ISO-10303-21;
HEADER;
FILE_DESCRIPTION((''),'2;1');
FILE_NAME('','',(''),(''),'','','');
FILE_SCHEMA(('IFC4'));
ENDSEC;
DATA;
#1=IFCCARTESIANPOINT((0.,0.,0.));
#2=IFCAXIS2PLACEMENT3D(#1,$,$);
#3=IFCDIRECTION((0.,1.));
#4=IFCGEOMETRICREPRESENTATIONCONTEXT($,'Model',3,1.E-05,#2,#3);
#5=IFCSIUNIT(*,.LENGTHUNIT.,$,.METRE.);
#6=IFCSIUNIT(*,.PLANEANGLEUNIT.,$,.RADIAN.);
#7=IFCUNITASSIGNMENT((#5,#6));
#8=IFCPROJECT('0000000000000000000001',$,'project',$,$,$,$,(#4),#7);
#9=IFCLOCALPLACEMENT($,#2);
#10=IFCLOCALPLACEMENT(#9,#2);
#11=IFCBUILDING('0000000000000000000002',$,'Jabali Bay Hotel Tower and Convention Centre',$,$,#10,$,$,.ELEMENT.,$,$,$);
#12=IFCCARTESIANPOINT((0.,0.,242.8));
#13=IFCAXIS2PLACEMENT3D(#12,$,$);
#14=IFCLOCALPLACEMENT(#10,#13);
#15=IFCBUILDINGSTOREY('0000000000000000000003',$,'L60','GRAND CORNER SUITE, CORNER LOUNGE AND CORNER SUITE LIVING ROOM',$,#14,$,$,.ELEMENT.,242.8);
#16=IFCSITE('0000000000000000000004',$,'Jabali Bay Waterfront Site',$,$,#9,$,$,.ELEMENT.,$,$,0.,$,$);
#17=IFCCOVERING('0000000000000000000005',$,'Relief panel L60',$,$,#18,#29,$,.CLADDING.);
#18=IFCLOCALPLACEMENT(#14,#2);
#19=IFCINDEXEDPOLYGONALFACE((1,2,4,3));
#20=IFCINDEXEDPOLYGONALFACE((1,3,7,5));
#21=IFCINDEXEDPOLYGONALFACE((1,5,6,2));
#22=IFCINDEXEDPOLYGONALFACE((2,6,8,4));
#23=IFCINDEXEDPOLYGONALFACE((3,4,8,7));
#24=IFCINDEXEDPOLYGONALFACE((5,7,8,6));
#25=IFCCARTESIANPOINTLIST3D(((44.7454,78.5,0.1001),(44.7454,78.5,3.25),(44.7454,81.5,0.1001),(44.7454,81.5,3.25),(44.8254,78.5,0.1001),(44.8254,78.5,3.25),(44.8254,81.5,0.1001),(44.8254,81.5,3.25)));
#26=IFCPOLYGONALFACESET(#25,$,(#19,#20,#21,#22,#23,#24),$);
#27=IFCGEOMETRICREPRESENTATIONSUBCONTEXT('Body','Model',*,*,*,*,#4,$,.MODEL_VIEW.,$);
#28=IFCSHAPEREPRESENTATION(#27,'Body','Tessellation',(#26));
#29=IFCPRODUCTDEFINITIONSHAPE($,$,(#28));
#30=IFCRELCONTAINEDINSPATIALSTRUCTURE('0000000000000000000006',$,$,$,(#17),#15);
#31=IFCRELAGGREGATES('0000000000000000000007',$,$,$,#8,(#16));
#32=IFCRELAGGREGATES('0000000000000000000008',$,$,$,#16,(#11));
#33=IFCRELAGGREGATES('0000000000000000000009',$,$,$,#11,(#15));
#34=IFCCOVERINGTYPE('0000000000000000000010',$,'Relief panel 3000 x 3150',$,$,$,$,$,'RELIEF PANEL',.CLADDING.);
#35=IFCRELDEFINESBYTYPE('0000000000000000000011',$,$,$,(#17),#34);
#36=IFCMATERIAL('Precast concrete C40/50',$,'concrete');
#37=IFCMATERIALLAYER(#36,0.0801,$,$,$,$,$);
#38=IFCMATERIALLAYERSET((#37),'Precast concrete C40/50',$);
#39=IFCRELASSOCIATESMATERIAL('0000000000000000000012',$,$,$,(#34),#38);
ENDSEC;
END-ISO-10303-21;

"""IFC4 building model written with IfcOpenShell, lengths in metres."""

from ifc_helpers import new_model, si_unit, direction, frame, origin, origin_2d, place, context, subcontext, project, spatial, rectangle, extrude, material, layer, layer_set, type_object, element, save


model = new_model("IFC4")

# Units and contexts
model_context = context("Model", 3, precision=1e-05, world=origin(), true_north=direction((0.0, 1.0)))
body_context = subcontext(model_context, "Body", "Model", "MODEL_VIEW")
ifc_project = project(units=[si_unit("LENGTHUNIT", "METRE"), si_unit("PLANEANGLEUNIT", "RADIAN")], contexts=[model_context])

# Site, building, storey
site_placement = place(None, origin())
site = spatial("IfcSite", under=ifc_project, at=site_placement, Name="Jabali Bay Waterfront Site", CompositionType="ELEMENT", RefElevation=0.0)
building_placement = place(site_placement, origin())
building = spatial("IfcBuilding", under=site, at=building_placement, Name="Jabali Bay Hotel Tower and Convention Centre", CompositionType="ELEMENT")
storey_placement = place(building_placement, frame((0.0, 0.0, 242.8)))
storey = spatial("IfcBuildingStorey", under=building, at=storey_placement, Name="L60", Description="GRAND CORNER SUITE, CORNER LOUNGE AND CORNER SUITE LIVING ROOM", CompositionType="ELEMENT", Elevation=242.8)

# Covering
ifc_material_1 = material(Name="Precast concrete C40/50", Category="concrete")
ifc_layer_1 = layer(ifc_material_1, 0.0801)
ifc_layer_set_1 = layer_set([ifc_layer_1], Name="Precast concrete C40/50")
covering_type = type_object("IfcCoveringType", Name="Relief panel 3000 x 3150", ElementType="RELIEF PANEL", PredefinedType="CLADDING", material=ifc_layer_set_1)
covering_placement = place(storey_placement, frame((44.7854, 80.0, 0.1001), z_axis=(0.0, 0.0, 1.0), x_axis=(0.0, 1.0, 0.0)))
element("IfcCovering", 1, at=covering_placement, inside=storey, type_object=covering_type, Name="Relief panel L60", PredefinedType="CLADDING", context=body_context, shape_type="SweptSolid", body=[
    extrude(rectangle(XDim=3.0, YDim=0.0801, at=origin_2d()), origin(), (0.0, 0.0, 1.0), 3.1499),
])

save(model, "model.ifc")
